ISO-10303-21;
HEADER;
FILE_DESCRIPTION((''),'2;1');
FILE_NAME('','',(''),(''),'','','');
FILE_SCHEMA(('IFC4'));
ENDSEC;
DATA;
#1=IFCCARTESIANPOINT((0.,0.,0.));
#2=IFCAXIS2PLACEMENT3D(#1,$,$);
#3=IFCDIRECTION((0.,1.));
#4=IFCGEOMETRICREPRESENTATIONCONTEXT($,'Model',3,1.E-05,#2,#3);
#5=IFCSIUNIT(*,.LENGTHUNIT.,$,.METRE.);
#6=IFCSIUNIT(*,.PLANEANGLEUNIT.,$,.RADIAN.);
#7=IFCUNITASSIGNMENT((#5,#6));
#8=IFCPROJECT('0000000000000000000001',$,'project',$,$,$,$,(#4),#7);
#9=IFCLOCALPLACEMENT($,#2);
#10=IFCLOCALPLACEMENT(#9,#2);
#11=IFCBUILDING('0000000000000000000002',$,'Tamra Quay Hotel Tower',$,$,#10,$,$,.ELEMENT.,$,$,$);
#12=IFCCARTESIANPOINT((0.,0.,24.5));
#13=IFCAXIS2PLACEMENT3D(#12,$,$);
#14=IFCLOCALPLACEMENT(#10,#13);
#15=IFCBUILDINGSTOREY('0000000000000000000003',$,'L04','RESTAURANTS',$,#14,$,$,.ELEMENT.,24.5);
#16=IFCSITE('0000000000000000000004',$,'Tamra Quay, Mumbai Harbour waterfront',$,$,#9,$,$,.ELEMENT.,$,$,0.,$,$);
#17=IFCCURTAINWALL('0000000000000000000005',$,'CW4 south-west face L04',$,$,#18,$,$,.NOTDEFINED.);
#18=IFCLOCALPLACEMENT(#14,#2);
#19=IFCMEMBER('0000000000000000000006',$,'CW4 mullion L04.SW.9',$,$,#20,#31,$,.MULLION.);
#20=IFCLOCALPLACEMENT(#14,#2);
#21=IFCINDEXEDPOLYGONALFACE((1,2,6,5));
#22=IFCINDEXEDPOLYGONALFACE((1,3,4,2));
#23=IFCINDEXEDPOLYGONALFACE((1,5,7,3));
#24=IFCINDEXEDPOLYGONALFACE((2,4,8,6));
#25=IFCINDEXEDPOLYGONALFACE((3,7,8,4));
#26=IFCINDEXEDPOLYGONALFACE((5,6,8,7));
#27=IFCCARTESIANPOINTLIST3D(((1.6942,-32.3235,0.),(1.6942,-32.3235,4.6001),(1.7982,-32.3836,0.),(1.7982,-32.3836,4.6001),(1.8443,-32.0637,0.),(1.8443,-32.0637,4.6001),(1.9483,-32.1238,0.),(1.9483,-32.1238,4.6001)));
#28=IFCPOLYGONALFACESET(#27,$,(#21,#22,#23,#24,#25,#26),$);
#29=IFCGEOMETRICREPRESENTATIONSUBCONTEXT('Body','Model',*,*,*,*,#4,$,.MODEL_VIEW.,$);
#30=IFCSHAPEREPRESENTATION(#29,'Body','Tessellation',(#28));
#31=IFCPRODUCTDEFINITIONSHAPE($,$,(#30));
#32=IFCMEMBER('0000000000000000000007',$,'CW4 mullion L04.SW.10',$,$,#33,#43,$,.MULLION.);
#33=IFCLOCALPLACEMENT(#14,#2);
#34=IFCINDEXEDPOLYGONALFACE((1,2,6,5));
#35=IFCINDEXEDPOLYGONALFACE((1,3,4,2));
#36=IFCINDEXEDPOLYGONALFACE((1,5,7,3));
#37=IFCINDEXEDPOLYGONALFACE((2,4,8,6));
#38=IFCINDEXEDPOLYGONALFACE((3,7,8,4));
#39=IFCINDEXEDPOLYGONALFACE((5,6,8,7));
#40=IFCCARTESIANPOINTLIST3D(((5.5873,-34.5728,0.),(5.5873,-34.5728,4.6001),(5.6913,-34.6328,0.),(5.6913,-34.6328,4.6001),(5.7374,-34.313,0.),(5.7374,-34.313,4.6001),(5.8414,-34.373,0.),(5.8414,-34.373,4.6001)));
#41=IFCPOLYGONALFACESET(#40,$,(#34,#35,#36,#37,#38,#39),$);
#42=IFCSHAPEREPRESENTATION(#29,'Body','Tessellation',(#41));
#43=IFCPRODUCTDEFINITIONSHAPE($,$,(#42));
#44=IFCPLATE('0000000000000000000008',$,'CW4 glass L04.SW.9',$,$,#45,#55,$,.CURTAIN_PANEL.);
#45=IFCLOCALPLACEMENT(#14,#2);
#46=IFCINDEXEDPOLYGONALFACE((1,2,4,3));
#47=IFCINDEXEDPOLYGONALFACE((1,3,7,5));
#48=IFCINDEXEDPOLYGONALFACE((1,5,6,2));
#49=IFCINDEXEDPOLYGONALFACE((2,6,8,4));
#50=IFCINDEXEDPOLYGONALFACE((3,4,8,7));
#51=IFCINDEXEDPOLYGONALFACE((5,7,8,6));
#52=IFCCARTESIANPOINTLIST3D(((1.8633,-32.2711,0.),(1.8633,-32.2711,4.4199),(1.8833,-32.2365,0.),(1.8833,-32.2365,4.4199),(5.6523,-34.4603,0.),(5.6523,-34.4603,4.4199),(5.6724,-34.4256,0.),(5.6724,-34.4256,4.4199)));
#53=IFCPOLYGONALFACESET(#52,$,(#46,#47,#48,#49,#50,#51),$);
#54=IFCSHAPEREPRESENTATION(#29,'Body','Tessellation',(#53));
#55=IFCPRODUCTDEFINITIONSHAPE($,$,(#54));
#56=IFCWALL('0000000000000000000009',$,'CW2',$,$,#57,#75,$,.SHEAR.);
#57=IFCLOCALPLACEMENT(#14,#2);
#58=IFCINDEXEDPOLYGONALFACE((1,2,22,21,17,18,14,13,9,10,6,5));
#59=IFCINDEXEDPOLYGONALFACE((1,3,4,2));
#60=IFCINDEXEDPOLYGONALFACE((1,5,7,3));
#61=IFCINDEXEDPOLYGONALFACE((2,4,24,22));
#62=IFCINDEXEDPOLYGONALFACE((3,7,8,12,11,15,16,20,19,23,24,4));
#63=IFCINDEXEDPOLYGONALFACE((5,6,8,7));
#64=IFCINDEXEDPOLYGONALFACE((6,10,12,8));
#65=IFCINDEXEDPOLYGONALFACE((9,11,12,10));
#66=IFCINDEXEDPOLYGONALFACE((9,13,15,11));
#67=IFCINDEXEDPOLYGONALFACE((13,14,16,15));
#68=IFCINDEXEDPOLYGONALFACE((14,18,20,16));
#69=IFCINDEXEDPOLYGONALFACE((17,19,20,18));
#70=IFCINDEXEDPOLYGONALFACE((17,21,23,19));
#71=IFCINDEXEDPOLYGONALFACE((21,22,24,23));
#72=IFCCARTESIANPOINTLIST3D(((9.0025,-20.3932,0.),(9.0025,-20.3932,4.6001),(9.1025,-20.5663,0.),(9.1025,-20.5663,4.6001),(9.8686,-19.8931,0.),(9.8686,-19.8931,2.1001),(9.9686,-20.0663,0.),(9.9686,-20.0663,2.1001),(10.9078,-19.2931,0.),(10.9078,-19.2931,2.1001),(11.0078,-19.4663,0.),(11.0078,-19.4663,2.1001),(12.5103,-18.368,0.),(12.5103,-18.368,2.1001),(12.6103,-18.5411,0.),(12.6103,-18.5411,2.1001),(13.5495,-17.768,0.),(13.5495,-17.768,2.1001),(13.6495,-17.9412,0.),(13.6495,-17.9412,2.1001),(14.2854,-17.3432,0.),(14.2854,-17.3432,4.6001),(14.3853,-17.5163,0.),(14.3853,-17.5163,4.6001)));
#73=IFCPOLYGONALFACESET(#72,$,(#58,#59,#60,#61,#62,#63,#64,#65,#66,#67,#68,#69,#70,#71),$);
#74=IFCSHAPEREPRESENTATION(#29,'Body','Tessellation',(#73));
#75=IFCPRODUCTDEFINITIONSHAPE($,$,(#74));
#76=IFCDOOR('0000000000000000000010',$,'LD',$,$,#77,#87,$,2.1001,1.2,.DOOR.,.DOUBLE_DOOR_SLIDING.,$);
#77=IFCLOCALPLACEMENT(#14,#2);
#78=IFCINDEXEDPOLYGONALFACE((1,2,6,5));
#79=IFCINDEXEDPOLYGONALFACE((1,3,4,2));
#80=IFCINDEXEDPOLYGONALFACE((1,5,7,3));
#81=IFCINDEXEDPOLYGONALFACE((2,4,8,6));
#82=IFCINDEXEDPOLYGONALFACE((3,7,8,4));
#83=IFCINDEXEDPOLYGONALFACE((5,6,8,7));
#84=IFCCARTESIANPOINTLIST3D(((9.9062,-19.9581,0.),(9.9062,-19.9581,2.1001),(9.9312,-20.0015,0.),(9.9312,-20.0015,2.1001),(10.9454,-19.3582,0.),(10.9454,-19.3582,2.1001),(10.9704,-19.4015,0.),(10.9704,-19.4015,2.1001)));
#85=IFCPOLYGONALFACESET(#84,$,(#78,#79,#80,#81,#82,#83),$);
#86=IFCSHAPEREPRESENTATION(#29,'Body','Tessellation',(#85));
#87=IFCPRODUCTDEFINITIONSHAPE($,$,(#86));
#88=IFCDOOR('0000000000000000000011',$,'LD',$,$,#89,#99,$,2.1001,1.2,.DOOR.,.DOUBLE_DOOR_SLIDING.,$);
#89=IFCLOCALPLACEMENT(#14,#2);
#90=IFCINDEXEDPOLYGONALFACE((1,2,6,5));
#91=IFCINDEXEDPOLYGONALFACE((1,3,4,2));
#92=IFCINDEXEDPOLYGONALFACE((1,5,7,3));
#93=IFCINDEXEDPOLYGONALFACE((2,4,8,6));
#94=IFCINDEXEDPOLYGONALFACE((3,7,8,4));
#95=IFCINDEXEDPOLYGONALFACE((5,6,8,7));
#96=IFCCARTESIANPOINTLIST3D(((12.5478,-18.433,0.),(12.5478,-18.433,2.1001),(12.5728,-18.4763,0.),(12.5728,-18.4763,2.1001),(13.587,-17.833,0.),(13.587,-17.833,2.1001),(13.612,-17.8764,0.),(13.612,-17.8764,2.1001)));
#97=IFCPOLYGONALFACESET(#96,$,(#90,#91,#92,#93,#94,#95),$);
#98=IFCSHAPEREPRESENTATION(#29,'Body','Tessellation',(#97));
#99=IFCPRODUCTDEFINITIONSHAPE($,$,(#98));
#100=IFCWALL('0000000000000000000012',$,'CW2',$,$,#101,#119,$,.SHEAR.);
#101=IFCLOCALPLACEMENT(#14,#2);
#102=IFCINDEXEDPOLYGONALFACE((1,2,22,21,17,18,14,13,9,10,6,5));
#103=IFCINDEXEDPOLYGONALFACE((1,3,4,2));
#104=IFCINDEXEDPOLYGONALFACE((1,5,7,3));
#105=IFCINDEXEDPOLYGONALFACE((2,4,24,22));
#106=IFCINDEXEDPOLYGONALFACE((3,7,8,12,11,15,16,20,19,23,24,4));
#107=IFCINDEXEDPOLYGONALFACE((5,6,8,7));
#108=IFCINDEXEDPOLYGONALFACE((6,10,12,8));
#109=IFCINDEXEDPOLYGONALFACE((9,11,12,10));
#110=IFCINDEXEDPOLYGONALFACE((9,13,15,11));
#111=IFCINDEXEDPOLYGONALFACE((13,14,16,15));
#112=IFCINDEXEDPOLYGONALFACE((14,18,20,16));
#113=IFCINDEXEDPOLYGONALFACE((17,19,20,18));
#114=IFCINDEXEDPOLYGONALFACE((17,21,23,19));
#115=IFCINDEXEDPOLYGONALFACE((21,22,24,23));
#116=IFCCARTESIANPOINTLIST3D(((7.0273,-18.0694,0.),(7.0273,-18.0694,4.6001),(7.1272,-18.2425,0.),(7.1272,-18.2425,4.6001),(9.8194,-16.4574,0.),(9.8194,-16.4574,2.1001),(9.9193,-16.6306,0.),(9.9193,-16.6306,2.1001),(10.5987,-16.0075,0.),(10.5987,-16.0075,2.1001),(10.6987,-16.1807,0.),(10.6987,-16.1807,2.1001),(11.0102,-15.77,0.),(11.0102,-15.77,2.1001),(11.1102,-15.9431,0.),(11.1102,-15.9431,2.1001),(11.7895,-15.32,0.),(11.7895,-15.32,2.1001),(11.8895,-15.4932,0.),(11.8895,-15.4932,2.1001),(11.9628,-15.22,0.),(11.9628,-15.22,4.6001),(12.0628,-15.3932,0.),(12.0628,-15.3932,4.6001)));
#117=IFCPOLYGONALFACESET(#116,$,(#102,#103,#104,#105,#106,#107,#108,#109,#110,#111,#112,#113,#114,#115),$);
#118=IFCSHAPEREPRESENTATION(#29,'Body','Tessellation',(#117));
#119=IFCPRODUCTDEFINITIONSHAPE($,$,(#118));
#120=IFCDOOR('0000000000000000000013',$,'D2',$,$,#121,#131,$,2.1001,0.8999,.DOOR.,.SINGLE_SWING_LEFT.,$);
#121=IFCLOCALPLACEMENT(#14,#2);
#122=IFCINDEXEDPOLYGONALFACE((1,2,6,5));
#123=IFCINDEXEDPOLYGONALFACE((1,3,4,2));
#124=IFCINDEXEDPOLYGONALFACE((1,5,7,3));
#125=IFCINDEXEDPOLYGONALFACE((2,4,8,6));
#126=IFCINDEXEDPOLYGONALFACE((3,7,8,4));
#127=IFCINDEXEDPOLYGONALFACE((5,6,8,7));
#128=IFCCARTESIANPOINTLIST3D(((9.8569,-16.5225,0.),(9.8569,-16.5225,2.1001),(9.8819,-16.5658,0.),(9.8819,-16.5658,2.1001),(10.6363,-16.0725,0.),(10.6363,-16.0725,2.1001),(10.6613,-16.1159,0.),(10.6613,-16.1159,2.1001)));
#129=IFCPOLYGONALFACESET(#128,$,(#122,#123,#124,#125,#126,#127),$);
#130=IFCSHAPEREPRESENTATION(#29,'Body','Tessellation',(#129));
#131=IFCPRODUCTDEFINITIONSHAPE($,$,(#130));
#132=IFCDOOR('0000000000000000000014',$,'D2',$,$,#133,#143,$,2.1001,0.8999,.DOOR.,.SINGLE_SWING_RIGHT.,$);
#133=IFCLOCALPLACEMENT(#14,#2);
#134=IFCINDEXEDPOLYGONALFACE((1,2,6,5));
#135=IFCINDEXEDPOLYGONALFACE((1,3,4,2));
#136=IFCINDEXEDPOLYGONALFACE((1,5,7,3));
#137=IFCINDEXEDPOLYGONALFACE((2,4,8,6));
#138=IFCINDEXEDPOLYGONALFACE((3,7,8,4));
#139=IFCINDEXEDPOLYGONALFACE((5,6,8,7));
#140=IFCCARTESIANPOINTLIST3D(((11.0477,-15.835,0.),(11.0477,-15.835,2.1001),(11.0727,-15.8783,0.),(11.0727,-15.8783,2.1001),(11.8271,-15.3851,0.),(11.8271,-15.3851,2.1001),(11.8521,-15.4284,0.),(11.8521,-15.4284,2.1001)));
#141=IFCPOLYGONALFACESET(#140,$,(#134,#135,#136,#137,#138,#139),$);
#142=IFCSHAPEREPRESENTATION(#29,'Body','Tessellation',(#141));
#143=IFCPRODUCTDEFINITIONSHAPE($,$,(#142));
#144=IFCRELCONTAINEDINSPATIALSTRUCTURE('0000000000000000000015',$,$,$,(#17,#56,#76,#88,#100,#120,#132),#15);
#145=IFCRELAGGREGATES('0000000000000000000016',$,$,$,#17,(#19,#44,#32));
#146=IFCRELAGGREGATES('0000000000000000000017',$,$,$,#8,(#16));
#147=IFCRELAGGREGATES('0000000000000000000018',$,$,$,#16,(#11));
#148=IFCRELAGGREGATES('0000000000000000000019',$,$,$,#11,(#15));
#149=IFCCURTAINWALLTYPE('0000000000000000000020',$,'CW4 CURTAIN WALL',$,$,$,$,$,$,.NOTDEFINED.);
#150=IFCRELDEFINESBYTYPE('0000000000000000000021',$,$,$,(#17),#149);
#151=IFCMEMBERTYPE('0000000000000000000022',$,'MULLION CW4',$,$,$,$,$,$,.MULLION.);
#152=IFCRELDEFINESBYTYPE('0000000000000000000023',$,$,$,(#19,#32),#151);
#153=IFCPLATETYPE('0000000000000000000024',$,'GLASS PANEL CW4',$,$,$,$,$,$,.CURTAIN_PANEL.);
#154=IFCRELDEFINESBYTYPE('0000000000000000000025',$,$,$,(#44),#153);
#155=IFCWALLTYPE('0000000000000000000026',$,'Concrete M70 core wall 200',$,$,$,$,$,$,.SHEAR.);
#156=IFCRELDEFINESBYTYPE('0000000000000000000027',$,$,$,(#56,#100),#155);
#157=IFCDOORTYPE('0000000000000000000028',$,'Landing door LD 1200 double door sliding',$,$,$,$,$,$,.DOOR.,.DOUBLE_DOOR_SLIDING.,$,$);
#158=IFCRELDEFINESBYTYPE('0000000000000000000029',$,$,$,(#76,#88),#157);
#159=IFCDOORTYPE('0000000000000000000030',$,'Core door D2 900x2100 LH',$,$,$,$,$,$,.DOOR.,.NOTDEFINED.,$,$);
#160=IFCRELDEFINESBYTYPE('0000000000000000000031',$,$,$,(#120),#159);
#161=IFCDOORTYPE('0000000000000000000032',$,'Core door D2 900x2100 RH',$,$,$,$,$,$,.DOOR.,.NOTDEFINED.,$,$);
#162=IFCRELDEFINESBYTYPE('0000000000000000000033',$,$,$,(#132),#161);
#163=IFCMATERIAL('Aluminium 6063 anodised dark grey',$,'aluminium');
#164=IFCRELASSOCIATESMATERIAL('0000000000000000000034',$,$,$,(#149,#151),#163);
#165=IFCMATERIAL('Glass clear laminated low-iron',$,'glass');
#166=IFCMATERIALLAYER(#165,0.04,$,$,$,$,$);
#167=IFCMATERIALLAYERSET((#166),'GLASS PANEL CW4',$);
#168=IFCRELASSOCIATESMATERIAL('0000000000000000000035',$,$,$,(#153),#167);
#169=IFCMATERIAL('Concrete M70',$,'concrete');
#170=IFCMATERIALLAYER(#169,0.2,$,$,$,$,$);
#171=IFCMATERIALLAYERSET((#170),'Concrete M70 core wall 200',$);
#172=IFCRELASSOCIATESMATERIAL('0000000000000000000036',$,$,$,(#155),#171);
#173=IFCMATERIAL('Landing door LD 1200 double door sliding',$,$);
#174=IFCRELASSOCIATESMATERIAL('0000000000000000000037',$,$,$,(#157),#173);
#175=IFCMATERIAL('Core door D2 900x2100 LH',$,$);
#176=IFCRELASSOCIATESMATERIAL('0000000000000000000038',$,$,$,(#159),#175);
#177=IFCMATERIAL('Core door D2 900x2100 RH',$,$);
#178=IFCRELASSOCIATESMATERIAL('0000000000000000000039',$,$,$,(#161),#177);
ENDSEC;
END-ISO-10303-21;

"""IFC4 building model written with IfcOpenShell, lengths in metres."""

from ifc_helpers import new_model, si_unit, direction, frame, frame_2d, origin, origin_2d, place, context, subcontext, project, spatial, rectangle, extrude, material, layer, layer_set, material_profile, profile_set, type_object, element, fill, aggregate, save


model = new_model("IFC4")

# Units and contexts
model_context = context("Model", 3, precision=1e-05, world=origin(), true_north=direction((0.0, 1.0)))
body_context = subcontext(model_context, "Body", "Model", "MODEL_VIEW")
ifc_project = project(units=[si_unit("LENGTHUNIT", "METRE"), si_unit("PLANEANGLEUNIT", "RADIAN")], contexts=[model_context])

# Site, building, storey
site_placement = place(None, origin())
site = spatial("IfcSite", under=ifc_project, at=site_placement, Name="Tamra Quay, Mumbai Harbour waterfront", CompositionType="ELEMENT", RefElevation=0.0)
building_placement = place(site_placement, origin())
building = spatial("IfcBuilding", under=site, at=building_placement, Name="Tamra Quay Hotel Tower", CompositionType="ELEMENT")
storey_placement = place(building_placement, frame((0.0, 0.0, 24.5)))
storey = spatial("IfcBuildingStorey", under=building, at=storey_placement, Name="L04", Description="RESTAURANTS", CompositionType="ELEMENT", Elevation=24.5)

# Curtain wall, members, plate
ifc_material_1 = material(Name="Aluminium 6063 anodised dark grey", Category="aluminium")
curtain_wall_type = type_object("IfcCurtainWallType", Name="CW4 CURTAIN WALL", PredefinedType="NOTDEFINED", material=ifc_material_1)
curtain_wall_placement = place(storey_placement, origin())
curtain_wall = element("IfcCurtainWall", 1, at=curtain_wall_placement, inside=storey, type_object=curtain_wall_type, Name="CW4 south-west face L04", PredefinedType="NOTDEFINED")
ifc_material_profile = material_profile(ifc_material_1, rectangle(XDim=0.3, YDim=0.1201, at=origin_2d()), Name="MULLION 120X300")
ifc_profile_set = profile_set([ifc_material_profile], Name="Aluminium 6063 anodised dark grey")
member_type = type_object("IfcMemberType", Name="MULLION CW4", PredefinedType="MULLION", material=ifc_profile_set)
member_1_placement = place(storey_placement, frame((1.8213, -32.2236, 0.0), z_axis=(0.0, 0.0, 1.0), x_axis=(-0.500265, -0.865872, 0.0)))
member_1 = element("IfcMember", 2, at=member_1_placement, type_object=member_type, Name="CW4 mullion L04.SW.9", PredefinedType="MULLION", context=body_context, shape_type="SweptSolid", body=[
    extrude(rectangle(XDim=0.3, YDim=0.1201, at=origin_2d()), origin(), (0.0, 0.0, 1.0), 4.6001),
])
member_2_placement = place(storey_placement, frame((5.7144, -34.4729, 0.0), z_axis=(0.0, 0.0, 1.0), x_axis=(-0.500265, -0.865872, 0.0)))
member_2 = element("IfcMember", 3, at=member_2_placement, type_object=member_type, Name="CW4 mullion L04.SW.10", PredefinedType="MULLION", context=body_context, shape_type="SweptSolid", body=[
    extrude(rectangle(XDim=0.3, YDim=0.1201, at=origin_2d()), origin(), (0.0, 0.0, 1.0), 4.6001),
])
ifc_material_2 = material(Name="Glass clear laminated low-iron", Category="glass")
ifc_layer_1 = layer(ifc_material_2, 0.04)
ifc_layer_set_1 = layer_set([ifc_layer_1], Name="GLASS PANEL CW4")
plate_type = type_object("IfcPlateType", Name="GLASS PANEL CW4", PredefinedType="CURTAIN_PANEL", material=ifc_layer_set_1)
plate_placement = place(storey_placement, frame((3.7678, -33.3484, 0.0), z_axis=(0.0, 0.0, 1.0), x_axis=(0.865872, -0.500265, 0.0)))
plate = element("IfcPlate", 4, at=plate_placement, type_object=plate_type, Name="CW4 glass L04.SW.9", PredefinedType="CURTAIN_PANEL", context=body_context, shape_type="SweptSolid", body=[
    extrude(rectangle(XDim=4.376, YDim=0.04, at=origin_2d()), origin(), (0.0, 0.0, 1.0), 4.4199),
])
aggregate(curtain_wall, [member_1, plate, member_2])

# Walls, openings, doors
ifc_material_3 = material(Name="Concrete M70", Category="concrete")
ifc_layer_2 = layer(ifc_material_3, 0.2)
ifc_layer_set_2 = layer_set([ifc_layer_2], Name="Concrete M70 core wall 200")
wall_type_1 = type_object("IfcWallType", Name="Concrete M70 core wall 200", PredefinedType="SHEAR", material=ifc_layer_set_2)
wall_1_placement = place(storey_placement, frame((9.0525, -20.4797, 0.0), z_axis=(0.0, 0.0, 1.0), x_axis=(0.86603, 0.499992, 0.0)))
wall_1 = element("IfcWall", 5, at=wall_1_placement, inside=storey, type_object=wall_type_1, Name="CW2", PredefinedType="SHEAR", context=body_context, shape_type="SweptSolid", body=[
    extrude(rectangle(XDim=6.1001, YDim=0.2, at=frame_2d((3.05, 0.0))), origin(), (0.0, 0.0, 1.0), 4.6001),
])
opening_1_placement = place(wall_1_placement, frame((1.0, 0.0, 0.0)))
opening_1 = element("IfcOpeningElement", 6, at=opening_1_placement, cuts=wall_1, PredefinedType="OPENING", context=body_context, shape_type="SweptSolid", body=[
    extrude(rectangle(XDim=1.2, YDim=2.1001, at=frame_2d((0.6001, 1.05))), frame((0.0, 0.1099, 0.0), z_axis=(0.0, -1.0, 0.0), x_axis=(1.0, 0.0, 0.0)), (0.0, 0.0, 1.0), 0.22),
])
opening_2_placement = place(wall_1_placement, frame((4.0503, 0.0, 0.0)))
opening_2 = element("IfcOpeningElement", 7, at=opening_2_placement, cuts=wall_1, PredefinedType="OPENING", context=body_context, shape_type="SweptSolid", body=[
    extrude(rectangle(XDim=1.2, YDim=2.1001, at=frame_2d((0.6001, 1.05))), frame((0.0, 0.1099, 0.0), z_axis=(0.0, -1.0, 0.0), x_axis=(1.0, 0.0, 0.0)), (0.0, 0.0, 1.0), 0.22),
])
ifc_material_4 = material(Name="Landing door LD 1200 double door sliding")
door_type_1 = type_object("IfcDoorType", Name="Landing door LD 1200 double door sliding", OperationType="DOUBLE_DOOR_SLIDING", PredefinedType="DOOR", material=ifc_material_4)
door_1_placement = place(opening_1_placement, origin())
door_1 = element("IfcDoor", 8, at=door_1_placement, inside=storey, type_object=door_type_1, Name="LD", OperationType="DOUBLE_DOOR_SLIDING", OverallHeight=2.1001, OverallWidth=1.2, PredefinedType="DOOR", context=body_context, shape_type="SweptSolid", body=[
    extrude(rectangle(XDim=1.2, YDim=2.1001, at=frame_2d((0.6001, 1.05))), frame((0.0, 0.0249, 0.0), z_axis=(0.0, -1.0, 0.0), x_axis=(1.0, 0.0, 0.0)), (0.0, 0.0, 1.0), 0.05),
])
fill(opening_1, door_1)
door_2_placement = place(opening_2_placement, origin())
door_2 = element("IfcDoor", 9, at=door_2_placement, inside=storey, type_object=door_type_1, Name="LD", OperationType="DOUBLE_DOOR_SLIDING", OverallHeight=2.1001, OverallWidth=1.2, PredefinedType="DOOR", context=body_context, shape_type="SweptSolid", body=[
    extrude(rectangle(XDim=1.2, YDim=2.1001, at=frame_2d((0.6001, 1.05))), frame((0.0, 0.0249, 0.0), z_axis=(0.0, -1.0, 0.0), x_axis=(1.0, 0.0, 0.0)), (0.0, 0.0, 1.0), 0.05),
])
fill(opening_2, door_2)
wall_2_placement = place(storey_placement, frame((7.0771, -18.156, 0.0), z_axis=(0.0, 0.0, 1.0), x_axis=(0.866039, 0.499977, 0.0)))
wall_2 = element("IfcWall", 10, at=wall_2_placement, inside=storey, type_object=wall_type_1, Name="CW2", PredefinedType="SHEAR", context=body_context, shape_type="SweptSolid", body=[
    extrude(rectangle(XDim=5.699, YDim=0.2, at=frame_2d((2.8496, 0.0))), origin(), (0.0, 0.0, 1.0), 4.6001),
])
opening_3_placement = place(wall_2_placement, frame((3.2241, 0.0, 0.0)))
opening_3 = element("IfcOpeningElement", 11, at=opening_3_placement, cuts=wall_2, PredefinedType="OPENING", context=body_context, shape_type="SweptSolid", body=[
    extrude(rectangle(XDim=0.8999, YDim=2.1001, at=frame_2d((0.45, 1.05))), frame((0.0, 0.1099, 0.0), z_axis=(0.0, -1.0, 0.0), x_axis=(1.0, 0.0, 0.0)), (0.0, 0.0, 1.0), 0.22),
])
opening_4_placement = place(wall_2_placement, frame((4.5991, 0.0, 0.0)))
opening_4 = element("IfcOpeningElement", 12, at=opening_4_placement, cuts=wall_2, PredefinedType="OPENING", context=body_context, shape_type="SweptSolid", body=[
    extrude(rectangle(XDim=0.8999, YDim=2.1001, at=frame_2d((0.45, 1.05))), frame((0.0, 0.1099, 0.0), z_axis=(0.0, -1.0, 0.0), x_axis=(1.0, 0.0, 0.0)), (0.0, 0.0, 1.0), 0.22),
])
ifc_material_5 = material(Name="Core door D2 900x2100 LH")
door_type_2 = type_object("IfcDoorType", Name="Core door D2 900x2100 LH", OperationType="NOTDEFINED", PredefinedType="DOOR", material=ifc_material_5)
door_3_placement = place(opening_3_placement, origin())
door_3 = element("IfcDoor", 13, at=door_3_placement, inside=storey, type_object=door_type_2, Name="D2", OperationType="SINGLE_SWING_LEFT", OverallHeight=2.1001, OverallWidth=0.8999, PredefinedType="DOOR", context=body_context, shape_type="SweptSolid", body=[
    extrude(rectangle(XDim=0.8999, YDim=2.1001, at=frame_2d((0.45, 1.05))), frame((0.0, 0.0249, 0.0), z_axis=(0.0, -1.0, 0.0), x_axis=(1.0, 0.0, 0.0)), (0.0, 0.0, 1.0), 0.05),
])
fill(opening_3, door_3)
ifc_material_6 = material(Name="Core door D2 900x2100 RH")
door_type_3 = type_object("IfcDoorType", Name="Core door D2 900x2100 RH", OperationType="NOTDEFINED", PredefinedType="DOOR", material=ifc_material_6)
door_4_placement = place(opening_4_placement, origin())
door_4 = element("IfcDoor", 14, at=door_4_placement, inside=storey, type_object=door_type_3, Name="D2", OperationType="SINGLE_SWING_RIGHT", OverallHeight=2.1001, OverallWidth=0.8999, PredefinedType="DOOR", context=body_context, shape_type="SweptSolid", body=[
    extrude(rectangle(XDim=0.8999, YDim=2.1001, at=frame_2d((0.45, 1.05))), frame((0.0, 0.0249, 0.0), z_axis=(0.0, -1.0, 0.0), x_axis=(1.0, 0.0, 0.0)), (0.0, 0.0, 1.0), 0.05),
])
fill(opening_4, door_4)

save(model, "model.ifc")
